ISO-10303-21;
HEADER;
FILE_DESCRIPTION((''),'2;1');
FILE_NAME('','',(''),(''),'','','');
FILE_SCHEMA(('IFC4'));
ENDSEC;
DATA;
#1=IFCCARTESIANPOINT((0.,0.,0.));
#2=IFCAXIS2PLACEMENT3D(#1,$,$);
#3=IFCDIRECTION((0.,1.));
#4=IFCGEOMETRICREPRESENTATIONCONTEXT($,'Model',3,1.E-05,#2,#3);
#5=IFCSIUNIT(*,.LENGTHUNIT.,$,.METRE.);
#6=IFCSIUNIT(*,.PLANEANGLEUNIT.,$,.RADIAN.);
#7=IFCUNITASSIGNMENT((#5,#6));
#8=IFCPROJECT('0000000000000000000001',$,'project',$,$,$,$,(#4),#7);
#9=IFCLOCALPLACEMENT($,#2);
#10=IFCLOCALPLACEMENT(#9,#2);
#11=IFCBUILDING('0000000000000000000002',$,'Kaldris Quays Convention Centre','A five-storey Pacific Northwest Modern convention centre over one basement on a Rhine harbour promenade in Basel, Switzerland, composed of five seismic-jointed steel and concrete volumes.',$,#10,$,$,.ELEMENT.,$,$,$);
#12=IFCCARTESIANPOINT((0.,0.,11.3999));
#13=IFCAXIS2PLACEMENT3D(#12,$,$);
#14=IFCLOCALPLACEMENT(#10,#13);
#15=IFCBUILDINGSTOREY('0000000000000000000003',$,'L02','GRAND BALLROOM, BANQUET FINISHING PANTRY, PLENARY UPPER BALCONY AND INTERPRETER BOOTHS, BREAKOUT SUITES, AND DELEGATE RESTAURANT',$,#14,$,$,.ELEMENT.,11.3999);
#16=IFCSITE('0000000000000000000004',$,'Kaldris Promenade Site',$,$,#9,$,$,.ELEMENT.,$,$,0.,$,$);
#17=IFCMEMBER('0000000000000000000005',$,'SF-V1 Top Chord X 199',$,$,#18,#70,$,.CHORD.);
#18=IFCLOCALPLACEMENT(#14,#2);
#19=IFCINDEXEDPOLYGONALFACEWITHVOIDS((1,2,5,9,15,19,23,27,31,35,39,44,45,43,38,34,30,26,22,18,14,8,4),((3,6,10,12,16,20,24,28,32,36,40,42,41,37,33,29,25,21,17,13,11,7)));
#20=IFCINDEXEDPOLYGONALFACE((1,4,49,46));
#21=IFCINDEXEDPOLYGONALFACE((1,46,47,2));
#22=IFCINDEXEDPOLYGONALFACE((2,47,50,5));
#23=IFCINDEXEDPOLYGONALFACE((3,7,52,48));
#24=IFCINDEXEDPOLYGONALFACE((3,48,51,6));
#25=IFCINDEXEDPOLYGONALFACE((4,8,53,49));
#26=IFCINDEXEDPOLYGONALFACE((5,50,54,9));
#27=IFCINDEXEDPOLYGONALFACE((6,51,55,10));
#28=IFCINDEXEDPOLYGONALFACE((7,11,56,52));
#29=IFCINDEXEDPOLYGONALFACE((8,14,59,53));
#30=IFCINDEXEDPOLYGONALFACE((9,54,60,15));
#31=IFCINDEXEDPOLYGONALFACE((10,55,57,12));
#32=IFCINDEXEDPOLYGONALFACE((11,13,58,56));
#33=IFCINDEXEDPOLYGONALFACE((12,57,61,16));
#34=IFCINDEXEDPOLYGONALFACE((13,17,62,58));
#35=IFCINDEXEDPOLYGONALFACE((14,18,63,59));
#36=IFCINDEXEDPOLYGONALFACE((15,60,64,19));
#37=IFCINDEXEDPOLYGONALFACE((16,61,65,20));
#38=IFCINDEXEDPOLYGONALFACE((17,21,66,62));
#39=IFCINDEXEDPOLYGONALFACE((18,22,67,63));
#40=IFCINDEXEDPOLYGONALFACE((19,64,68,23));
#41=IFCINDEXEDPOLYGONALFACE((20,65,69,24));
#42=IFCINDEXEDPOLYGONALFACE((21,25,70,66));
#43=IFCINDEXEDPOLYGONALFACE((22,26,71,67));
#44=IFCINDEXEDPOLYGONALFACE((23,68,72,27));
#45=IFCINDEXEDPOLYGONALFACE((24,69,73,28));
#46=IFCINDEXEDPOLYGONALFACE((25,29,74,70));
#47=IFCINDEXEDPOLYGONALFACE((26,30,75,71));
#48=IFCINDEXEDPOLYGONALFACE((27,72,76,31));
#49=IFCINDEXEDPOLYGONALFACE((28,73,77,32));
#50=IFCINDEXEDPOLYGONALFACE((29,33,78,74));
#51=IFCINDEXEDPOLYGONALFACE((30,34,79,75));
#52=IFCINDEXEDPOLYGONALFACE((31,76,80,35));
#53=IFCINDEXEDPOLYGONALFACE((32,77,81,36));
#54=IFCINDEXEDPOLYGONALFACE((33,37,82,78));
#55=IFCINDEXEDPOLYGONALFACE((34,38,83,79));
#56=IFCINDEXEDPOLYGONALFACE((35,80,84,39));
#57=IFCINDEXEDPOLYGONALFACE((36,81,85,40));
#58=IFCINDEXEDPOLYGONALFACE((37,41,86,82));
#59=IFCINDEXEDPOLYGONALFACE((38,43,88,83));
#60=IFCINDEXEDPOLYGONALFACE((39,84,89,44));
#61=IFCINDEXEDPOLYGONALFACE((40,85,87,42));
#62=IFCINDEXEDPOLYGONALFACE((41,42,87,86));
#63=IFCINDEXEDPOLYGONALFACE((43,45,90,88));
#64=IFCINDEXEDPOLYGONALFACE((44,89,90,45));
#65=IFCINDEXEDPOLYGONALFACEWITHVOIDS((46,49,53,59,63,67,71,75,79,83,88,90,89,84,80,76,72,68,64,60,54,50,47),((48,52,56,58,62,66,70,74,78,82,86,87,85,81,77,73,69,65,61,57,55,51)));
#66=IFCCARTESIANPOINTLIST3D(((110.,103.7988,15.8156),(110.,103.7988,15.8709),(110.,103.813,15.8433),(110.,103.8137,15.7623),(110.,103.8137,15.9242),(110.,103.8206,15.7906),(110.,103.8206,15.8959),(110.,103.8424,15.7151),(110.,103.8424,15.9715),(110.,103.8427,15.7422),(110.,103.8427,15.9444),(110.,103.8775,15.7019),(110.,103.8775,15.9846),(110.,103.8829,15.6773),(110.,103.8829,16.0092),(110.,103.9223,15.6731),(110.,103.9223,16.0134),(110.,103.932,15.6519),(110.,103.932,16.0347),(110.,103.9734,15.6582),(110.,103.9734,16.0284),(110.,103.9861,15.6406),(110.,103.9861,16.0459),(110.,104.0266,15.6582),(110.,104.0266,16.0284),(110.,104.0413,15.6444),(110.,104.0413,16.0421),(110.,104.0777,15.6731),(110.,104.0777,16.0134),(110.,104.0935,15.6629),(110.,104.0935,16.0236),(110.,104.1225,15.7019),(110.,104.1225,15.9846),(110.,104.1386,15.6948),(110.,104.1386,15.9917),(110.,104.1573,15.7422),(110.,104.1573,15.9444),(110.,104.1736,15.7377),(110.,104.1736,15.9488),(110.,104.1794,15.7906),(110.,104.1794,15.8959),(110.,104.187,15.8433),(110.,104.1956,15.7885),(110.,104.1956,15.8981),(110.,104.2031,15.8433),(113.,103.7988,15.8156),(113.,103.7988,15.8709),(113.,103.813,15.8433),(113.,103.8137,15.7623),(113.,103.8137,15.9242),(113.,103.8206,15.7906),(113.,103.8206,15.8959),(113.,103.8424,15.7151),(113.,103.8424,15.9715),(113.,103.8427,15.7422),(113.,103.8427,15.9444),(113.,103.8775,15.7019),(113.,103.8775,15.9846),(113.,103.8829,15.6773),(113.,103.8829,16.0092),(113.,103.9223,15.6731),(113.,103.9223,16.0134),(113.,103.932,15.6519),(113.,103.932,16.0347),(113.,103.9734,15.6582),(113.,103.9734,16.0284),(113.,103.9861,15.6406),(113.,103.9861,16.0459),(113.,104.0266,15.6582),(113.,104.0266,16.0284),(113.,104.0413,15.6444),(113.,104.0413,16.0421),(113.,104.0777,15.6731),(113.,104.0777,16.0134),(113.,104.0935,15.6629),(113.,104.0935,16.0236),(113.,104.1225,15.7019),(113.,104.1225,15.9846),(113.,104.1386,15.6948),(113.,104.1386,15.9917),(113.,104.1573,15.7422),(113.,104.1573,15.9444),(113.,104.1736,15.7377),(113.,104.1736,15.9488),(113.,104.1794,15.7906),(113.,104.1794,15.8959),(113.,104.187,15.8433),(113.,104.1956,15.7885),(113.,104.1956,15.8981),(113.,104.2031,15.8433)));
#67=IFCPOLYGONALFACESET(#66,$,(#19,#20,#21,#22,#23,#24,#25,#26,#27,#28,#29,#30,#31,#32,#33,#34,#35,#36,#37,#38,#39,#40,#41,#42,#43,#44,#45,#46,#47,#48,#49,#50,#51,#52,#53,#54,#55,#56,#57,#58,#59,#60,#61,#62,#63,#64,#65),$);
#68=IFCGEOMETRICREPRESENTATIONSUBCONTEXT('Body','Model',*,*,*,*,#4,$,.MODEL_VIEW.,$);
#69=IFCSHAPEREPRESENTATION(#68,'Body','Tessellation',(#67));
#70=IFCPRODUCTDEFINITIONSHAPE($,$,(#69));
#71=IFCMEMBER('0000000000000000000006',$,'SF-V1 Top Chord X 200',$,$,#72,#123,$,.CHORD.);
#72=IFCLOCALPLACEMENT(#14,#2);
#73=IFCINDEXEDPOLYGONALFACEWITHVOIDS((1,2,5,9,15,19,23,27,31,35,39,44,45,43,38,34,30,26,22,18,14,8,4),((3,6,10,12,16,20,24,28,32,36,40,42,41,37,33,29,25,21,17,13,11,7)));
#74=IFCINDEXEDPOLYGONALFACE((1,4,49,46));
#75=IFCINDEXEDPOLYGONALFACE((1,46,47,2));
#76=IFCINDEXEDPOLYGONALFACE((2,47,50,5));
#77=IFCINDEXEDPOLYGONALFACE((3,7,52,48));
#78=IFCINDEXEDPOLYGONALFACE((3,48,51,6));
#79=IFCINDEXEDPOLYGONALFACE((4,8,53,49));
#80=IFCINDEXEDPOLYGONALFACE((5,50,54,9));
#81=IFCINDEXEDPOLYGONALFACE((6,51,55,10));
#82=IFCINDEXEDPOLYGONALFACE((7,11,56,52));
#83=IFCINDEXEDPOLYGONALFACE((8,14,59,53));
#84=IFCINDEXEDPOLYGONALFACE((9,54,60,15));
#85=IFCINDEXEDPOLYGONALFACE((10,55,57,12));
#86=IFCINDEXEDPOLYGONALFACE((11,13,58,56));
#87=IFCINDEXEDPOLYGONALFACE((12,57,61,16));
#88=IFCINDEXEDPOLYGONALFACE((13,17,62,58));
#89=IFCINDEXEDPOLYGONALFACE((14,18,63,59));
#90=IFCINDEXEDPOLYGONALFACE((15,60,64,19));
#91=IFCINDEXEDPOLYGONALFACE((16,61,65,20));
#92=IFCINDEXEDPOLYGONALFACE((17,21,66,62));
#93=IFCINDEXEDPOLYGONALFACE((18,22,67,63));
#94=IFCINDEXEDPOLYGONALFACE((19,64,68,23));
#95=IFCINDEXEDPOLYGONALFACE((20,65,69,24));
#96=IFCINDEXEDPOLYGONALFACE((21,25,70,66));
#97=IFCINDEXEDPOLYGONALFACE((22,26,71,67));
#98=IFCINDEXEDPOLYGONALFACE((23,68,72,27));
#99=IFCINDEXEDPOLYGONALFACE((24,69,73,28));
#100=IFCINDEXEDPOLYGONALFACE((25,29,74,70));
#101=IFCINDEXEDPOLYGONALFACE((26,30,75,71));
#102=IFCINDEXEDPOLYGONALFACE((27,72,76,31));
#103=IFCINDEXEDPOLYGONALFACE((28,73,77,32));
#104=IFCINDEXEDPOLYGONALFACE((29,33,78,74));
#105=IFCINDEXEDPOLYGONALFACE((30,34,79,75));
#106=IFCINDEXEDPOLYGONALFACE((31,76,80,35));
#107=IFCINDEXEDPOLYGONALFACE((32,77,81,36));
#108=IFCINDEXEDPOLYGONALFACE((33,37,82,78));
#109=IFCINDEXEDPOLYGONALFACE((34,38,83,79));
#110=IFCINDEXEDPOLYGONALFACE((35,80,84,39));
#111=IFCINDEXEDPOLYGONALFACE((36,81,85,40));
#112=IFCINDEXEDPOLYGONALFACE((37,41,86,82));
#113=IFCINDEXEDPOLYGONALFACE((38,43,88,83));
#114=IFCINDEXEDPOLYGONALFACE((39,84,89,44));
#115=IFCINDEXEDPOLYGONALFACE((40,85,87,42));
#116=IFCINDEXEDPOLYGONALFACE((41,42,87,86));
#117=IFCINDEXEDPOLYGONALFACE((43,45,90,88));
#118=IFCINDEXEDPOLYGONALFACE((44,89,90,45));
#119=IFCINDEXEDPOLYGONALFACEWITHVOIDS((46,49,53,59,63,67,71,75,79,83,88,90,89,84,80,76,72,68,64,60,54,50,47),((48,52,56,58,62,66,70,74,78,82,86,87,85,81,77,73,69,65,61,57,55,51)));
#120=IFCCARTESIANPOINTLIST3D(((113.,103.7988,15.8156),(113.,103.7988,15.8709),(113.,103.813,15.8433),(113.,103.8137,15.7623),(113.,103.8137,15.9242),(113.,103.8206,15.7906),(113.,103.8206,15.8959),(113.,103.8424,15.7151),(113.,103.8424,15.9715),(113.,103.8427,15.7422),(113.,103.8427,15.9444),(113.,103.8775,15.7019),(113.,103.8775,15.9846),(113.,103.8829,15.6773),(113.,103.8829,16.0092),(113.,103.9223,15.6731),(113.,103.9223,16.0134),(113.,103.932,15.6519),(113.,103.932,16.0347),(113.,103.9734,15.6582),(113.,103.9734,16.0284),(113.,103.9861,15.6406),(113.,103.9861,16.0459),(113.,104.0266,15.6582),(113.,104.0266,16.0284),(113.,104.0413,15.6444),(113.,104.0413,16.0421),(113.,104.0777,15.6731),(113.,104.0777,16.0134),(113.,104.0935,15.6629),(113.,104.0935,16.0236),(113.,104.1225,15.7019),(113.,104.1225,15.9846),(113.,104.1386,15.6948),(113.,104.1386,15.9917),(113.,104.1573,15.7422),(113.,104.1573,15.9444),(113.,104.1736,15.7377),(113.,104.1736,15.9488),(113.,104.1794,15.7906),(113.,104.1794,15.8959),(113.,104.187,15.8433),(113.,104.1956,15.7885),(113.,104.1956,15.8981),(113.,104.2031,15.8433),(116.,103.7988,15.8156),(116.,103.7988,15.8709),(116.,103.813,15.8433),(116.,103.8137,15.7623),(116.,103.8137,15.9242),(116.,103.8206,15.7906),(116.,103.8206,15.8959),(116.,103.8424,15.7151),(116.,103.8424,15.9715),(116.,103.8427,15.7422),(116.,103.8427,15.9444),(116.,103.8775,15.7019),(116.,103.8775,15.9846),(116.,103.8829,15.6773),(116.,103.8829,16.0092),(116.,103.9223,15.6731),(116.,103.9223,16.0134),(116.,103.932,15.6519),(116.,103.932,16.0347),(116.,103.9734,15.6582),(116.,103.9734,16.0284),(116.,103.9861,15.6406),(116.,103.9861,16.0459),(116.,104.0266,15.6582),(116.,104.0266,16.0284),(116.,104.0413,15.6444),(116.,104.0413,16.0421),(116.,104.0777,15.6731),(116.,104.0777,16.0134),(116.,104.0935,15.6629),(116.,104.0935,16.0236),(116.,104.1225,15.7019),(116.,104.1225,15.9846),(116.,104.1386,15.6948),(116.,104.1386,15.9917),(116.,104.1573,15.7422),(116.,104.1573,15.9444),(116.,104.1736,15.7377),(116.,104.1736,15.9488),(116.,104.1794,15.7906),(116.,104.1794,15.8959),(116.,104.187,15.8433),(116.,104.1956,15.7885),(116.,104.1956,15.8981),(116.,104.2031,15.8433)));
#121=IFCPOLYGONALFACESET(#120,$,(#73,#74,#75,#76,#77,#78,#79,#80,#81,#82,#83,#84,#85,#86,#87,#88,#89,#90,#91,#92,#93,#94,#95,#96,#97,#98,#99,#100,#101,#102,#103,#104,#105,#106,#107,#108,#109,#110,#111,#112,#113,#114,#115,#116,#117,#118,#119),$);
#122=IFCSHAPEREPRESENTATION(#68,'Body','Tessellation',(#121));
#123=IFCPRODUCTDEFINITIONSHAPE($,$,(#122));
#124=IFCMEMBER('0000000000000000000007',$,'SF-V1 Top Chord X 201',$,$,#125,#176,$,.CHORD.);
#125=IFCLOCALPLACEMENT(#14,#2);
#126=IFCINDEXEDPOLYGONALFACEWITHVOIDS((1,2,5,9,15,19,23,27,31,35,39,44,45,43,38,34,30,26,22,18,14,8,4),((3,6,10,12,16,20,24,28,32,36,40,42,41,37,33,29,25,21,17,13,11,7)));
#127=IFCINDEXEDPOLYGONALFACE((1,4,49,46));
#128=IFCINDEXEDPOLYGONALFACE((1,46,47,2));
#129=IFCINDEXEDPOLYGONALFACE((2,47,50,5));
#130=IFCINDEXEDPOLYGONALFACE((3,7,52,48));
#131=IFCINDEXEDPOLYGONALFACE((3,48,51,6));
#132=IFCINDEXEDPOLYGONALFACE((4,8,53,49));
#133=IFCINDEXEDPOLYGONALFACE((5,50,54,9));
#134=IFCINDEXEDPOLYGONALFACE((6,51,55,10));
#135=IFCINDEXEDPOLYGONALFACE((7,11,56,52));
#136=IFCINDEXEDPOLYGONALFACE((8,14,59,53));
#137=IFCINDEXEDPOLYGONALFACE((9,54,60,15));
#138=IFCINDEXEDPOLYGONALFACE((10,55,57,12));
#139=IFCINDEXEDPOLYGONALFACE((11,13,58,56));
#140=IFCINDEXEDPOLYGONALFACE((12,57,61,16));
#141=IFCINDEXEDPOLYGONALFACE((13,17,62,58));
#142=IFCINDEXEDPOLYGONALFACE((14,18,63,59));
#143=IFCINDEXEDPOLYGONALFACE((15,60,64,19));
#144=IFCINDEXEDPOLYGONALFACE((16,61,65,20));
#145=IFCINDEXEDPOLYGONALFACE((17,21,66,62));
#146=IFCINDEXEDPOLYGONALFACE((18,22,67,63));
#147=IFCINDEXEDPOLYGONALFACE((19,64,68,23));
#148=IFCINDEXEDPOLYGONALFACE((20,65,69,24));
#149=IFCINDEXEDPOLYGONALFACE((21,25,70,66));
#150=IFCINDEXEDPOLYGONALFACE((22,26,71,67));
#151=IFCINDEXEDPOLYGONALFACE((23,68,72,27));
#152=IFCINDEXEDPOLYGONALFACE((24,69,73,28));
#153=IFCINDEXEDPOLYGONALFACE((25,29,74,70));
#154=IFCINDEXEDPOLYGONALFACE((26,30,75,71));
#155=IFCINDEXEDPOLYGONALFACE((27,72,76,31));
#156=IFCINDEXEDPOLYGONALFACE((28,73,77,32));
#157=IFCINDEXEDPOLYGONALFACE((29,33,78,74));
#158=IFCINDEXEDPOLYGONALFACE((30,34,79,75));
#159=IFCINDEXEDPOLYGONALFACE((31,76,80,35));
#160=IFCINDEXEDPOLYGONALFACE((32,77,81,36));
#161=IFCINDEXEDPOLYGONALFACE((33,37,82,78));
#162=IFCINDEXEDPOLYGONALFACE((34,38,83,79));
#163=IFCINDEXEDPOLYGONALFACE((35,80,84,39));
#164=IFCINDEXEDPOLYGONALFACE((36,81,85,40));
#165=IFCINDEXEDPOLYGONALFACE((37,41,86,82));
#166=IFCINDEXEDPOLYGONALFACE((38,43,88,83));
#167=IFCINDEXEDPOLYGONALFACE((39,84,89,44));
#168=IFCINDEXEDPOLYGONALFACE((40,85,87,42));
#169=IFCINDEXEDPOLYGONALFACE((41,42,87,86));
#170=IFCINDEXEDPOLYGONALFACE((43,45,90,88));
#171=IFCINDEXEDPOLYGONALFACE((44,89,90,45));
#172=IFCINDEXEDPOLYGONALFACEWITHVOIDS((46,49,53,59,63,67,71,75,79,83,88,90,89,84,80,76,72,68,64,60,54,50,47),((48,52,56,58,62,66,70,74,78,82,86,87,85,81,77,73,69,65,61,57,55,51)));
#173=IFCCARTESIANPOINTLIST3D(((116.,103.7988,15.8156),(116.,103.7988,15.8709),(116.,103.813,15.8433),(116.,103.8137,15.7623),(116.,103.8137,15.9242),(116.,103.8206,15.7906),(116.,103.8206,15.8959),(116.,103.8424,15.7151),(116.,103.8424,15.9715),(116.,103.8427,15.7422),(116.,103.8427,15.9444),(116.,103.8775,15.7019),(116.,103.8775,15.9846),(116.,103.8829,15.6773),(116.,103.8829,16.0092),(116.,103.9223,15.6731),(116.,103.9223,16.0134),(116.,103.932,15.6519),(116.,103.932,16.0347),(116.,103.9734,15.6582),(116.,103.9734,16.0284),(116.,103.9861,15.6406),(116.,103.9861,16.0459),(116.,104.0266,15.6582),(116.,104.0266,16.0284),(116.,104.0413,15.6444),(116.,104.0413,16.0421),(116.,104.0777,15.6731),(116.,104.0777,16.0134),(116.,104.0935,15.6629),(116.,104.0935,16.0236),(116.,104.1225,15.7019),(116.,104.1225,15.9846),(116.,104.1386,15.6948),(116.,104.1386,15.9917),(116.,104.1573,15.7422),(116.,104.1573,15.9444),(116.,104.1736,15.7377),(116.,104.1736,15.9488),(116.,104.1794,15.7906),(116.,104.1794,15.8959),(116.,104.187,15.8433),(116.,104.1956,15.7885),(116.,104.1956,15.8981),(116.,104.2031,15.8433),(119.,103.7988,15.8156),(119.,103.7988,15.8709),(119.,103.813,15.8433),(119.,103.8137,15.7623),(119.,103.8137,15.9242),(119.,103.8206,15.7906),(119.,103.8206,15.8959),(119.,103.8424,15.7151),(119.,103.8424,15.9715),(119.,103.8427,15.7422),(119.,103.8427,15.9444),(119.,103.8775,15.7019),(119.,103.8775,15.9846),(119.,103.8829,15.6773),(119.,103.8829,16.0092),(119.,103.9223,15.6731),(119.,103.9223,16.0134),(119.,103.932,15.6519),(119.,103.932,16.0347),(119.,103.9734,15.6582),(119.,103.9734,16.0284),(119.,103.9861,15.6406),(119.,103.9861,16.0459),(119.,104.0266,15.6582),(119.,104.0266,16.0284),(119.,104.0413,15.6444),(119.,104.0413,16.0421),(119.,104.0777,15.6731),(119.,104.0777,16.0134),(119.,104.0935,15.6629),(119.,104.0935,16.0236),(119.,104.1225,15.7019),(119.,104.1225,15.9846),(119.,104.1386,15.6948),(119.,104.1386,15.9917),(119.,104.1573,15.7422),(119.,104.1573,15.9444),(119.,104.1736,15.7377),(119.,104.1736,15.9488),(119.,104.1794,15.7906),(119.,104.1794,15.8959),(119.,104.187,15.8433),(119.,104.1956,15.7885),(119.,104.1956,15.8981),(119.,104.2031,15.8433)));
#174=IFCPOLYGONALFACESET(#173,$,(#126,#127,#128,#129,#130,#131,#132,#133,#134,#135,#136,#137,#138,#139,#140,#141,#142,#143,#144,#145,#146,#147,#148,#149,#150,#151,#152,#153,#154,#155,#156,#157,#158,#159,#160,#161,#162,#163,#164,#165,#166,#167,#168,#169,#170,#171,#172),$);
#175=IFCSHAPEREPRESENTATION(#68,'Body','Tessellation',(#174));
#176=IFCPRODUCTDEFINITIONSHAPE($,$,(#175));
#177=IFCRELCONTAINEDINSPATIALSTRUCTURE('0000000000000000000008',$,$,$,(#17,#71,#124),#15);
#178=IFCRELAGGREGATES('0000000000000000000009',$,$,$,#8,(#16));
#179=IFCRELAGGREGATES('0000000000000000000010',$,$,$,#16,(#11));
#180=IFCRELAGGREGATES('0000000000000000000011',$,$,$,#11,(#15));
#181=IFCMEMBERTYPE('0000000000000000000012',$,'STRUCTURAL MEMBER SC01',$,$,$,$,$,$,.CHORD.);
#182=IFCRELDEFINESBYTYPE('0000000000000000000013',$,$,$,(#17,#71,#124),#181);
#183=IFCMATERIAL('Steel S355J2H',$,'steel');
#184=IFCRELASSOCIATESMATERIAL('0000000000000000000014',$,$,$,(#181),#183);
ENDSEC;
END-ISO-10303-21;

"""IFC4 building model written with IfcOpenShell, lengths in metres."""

from ifc_helpers import new_model, si_unit, direction, frame, origin, origin_2d, place, context, subcontext, project, spatial, hollow_circle, extrude, material, material_profile, profile_set, type_object, element, save


model = new_model("IFC4")

# Units and contexts
model_context = context("Model", 3, precision=1e-05, world=origin(), true_north=direction((0.0, 1.0)))
body_context = subcontext(model_context, "Body", "Model", "MODEL_VIEW")
ifc_project = project(units=[si_unit("LENGTHUNIT", "METRE"), si_unit("PLANEANGLEUNIT", "RADIAN")], contexts=[model_context])

# Site, building, storey
site_placement = place(None, origin())
site = spatial("IfcSite", under=ifc_project, at=site_placement, Name="Kaldris Promenade Site", CompositionType="ELEMENT", RefElevation=0.0)
building_placement = place(site_placement, origin())
building = spatial("IfcBuilding", under=site, at=building_placement, Name="Kaldris Quays Convention Centre", Description="A five-storey Pacific Northwest Modern convention centre over one basement on a Rhine harbour promenade in Basel, Switzerland, composed of five seismic-jointed steel and concrete volumes.", CompositionType="ELEMENT")
storey_placement = place(building_placement, frame((0.0, 0.0, 11.3999)))
storey = spatial("IfcBuildingStorey", under=building, at=storey_placement, Name="L02", Description="GRAND BALLROOM, BANQUET FINISHING PANTRY, PLENARY UPPER BALCONY AND INTERPRETER BOOTHS, BREAKOUT SUITES, AND DELEGATE RESTAURANT", CompositionType="ELEMENT", Elevation=11.3999)

# Members
ifc_material_1 = material(Name="Steel S355J2H", Category="steel")
ifc_material_profile_1 = material_profile(ifc_material_1, hollow_circle(Radius=0.2031, WallThickness=0.0161, at=origin_2d()), Name="CHS 406.4x16")
ifc_profile_set_1 = profile_set([ifc_material_profile_1], Name="Steel S355J2H")
member_type_1 = type_object("IfcMemberType", Name="STRUCTURAL MEMBER SC01", PredefinedType="CHORD", material=ifc_profile_set_1)
for number, where, z_axis, x_axis, name in (
    (1, (110.0, 104.0, 15.8433), (1.0, 0.0, 0.0), (0.0, 1.0, 0.0), "SF-V1 Top Chord X 199"),
    (2, (113.0, 104.0, 15.8433), (1.0, 0.0, 0.0), (0.0, 1.0, 0.0), "SF-V1 Top Chord X 200"),
    (3, (116.0, 104.0, 15.8433), (1.0, 0.0, 0.0), (0.0, 1.0, 0.0), "SF-V1 Top Chord X 201"),
):
    element("IfcMember", number, at=place(storey_placement, frame(where, z_axis=z_axis, x_axis=x_axis)), inside=storey, type_object=member_type_1, Name=name, PredefinedType="CHORD", context=body_context, shape_type="SweptSolid", body=[
        extrude(hollow_circle(Radius=0.2031, WallThickness=0.0161, at=origin_2d()), origin(), (0.0, 0.0, 1.0), 3.0),
    ])

save(model, "model.ifc")
